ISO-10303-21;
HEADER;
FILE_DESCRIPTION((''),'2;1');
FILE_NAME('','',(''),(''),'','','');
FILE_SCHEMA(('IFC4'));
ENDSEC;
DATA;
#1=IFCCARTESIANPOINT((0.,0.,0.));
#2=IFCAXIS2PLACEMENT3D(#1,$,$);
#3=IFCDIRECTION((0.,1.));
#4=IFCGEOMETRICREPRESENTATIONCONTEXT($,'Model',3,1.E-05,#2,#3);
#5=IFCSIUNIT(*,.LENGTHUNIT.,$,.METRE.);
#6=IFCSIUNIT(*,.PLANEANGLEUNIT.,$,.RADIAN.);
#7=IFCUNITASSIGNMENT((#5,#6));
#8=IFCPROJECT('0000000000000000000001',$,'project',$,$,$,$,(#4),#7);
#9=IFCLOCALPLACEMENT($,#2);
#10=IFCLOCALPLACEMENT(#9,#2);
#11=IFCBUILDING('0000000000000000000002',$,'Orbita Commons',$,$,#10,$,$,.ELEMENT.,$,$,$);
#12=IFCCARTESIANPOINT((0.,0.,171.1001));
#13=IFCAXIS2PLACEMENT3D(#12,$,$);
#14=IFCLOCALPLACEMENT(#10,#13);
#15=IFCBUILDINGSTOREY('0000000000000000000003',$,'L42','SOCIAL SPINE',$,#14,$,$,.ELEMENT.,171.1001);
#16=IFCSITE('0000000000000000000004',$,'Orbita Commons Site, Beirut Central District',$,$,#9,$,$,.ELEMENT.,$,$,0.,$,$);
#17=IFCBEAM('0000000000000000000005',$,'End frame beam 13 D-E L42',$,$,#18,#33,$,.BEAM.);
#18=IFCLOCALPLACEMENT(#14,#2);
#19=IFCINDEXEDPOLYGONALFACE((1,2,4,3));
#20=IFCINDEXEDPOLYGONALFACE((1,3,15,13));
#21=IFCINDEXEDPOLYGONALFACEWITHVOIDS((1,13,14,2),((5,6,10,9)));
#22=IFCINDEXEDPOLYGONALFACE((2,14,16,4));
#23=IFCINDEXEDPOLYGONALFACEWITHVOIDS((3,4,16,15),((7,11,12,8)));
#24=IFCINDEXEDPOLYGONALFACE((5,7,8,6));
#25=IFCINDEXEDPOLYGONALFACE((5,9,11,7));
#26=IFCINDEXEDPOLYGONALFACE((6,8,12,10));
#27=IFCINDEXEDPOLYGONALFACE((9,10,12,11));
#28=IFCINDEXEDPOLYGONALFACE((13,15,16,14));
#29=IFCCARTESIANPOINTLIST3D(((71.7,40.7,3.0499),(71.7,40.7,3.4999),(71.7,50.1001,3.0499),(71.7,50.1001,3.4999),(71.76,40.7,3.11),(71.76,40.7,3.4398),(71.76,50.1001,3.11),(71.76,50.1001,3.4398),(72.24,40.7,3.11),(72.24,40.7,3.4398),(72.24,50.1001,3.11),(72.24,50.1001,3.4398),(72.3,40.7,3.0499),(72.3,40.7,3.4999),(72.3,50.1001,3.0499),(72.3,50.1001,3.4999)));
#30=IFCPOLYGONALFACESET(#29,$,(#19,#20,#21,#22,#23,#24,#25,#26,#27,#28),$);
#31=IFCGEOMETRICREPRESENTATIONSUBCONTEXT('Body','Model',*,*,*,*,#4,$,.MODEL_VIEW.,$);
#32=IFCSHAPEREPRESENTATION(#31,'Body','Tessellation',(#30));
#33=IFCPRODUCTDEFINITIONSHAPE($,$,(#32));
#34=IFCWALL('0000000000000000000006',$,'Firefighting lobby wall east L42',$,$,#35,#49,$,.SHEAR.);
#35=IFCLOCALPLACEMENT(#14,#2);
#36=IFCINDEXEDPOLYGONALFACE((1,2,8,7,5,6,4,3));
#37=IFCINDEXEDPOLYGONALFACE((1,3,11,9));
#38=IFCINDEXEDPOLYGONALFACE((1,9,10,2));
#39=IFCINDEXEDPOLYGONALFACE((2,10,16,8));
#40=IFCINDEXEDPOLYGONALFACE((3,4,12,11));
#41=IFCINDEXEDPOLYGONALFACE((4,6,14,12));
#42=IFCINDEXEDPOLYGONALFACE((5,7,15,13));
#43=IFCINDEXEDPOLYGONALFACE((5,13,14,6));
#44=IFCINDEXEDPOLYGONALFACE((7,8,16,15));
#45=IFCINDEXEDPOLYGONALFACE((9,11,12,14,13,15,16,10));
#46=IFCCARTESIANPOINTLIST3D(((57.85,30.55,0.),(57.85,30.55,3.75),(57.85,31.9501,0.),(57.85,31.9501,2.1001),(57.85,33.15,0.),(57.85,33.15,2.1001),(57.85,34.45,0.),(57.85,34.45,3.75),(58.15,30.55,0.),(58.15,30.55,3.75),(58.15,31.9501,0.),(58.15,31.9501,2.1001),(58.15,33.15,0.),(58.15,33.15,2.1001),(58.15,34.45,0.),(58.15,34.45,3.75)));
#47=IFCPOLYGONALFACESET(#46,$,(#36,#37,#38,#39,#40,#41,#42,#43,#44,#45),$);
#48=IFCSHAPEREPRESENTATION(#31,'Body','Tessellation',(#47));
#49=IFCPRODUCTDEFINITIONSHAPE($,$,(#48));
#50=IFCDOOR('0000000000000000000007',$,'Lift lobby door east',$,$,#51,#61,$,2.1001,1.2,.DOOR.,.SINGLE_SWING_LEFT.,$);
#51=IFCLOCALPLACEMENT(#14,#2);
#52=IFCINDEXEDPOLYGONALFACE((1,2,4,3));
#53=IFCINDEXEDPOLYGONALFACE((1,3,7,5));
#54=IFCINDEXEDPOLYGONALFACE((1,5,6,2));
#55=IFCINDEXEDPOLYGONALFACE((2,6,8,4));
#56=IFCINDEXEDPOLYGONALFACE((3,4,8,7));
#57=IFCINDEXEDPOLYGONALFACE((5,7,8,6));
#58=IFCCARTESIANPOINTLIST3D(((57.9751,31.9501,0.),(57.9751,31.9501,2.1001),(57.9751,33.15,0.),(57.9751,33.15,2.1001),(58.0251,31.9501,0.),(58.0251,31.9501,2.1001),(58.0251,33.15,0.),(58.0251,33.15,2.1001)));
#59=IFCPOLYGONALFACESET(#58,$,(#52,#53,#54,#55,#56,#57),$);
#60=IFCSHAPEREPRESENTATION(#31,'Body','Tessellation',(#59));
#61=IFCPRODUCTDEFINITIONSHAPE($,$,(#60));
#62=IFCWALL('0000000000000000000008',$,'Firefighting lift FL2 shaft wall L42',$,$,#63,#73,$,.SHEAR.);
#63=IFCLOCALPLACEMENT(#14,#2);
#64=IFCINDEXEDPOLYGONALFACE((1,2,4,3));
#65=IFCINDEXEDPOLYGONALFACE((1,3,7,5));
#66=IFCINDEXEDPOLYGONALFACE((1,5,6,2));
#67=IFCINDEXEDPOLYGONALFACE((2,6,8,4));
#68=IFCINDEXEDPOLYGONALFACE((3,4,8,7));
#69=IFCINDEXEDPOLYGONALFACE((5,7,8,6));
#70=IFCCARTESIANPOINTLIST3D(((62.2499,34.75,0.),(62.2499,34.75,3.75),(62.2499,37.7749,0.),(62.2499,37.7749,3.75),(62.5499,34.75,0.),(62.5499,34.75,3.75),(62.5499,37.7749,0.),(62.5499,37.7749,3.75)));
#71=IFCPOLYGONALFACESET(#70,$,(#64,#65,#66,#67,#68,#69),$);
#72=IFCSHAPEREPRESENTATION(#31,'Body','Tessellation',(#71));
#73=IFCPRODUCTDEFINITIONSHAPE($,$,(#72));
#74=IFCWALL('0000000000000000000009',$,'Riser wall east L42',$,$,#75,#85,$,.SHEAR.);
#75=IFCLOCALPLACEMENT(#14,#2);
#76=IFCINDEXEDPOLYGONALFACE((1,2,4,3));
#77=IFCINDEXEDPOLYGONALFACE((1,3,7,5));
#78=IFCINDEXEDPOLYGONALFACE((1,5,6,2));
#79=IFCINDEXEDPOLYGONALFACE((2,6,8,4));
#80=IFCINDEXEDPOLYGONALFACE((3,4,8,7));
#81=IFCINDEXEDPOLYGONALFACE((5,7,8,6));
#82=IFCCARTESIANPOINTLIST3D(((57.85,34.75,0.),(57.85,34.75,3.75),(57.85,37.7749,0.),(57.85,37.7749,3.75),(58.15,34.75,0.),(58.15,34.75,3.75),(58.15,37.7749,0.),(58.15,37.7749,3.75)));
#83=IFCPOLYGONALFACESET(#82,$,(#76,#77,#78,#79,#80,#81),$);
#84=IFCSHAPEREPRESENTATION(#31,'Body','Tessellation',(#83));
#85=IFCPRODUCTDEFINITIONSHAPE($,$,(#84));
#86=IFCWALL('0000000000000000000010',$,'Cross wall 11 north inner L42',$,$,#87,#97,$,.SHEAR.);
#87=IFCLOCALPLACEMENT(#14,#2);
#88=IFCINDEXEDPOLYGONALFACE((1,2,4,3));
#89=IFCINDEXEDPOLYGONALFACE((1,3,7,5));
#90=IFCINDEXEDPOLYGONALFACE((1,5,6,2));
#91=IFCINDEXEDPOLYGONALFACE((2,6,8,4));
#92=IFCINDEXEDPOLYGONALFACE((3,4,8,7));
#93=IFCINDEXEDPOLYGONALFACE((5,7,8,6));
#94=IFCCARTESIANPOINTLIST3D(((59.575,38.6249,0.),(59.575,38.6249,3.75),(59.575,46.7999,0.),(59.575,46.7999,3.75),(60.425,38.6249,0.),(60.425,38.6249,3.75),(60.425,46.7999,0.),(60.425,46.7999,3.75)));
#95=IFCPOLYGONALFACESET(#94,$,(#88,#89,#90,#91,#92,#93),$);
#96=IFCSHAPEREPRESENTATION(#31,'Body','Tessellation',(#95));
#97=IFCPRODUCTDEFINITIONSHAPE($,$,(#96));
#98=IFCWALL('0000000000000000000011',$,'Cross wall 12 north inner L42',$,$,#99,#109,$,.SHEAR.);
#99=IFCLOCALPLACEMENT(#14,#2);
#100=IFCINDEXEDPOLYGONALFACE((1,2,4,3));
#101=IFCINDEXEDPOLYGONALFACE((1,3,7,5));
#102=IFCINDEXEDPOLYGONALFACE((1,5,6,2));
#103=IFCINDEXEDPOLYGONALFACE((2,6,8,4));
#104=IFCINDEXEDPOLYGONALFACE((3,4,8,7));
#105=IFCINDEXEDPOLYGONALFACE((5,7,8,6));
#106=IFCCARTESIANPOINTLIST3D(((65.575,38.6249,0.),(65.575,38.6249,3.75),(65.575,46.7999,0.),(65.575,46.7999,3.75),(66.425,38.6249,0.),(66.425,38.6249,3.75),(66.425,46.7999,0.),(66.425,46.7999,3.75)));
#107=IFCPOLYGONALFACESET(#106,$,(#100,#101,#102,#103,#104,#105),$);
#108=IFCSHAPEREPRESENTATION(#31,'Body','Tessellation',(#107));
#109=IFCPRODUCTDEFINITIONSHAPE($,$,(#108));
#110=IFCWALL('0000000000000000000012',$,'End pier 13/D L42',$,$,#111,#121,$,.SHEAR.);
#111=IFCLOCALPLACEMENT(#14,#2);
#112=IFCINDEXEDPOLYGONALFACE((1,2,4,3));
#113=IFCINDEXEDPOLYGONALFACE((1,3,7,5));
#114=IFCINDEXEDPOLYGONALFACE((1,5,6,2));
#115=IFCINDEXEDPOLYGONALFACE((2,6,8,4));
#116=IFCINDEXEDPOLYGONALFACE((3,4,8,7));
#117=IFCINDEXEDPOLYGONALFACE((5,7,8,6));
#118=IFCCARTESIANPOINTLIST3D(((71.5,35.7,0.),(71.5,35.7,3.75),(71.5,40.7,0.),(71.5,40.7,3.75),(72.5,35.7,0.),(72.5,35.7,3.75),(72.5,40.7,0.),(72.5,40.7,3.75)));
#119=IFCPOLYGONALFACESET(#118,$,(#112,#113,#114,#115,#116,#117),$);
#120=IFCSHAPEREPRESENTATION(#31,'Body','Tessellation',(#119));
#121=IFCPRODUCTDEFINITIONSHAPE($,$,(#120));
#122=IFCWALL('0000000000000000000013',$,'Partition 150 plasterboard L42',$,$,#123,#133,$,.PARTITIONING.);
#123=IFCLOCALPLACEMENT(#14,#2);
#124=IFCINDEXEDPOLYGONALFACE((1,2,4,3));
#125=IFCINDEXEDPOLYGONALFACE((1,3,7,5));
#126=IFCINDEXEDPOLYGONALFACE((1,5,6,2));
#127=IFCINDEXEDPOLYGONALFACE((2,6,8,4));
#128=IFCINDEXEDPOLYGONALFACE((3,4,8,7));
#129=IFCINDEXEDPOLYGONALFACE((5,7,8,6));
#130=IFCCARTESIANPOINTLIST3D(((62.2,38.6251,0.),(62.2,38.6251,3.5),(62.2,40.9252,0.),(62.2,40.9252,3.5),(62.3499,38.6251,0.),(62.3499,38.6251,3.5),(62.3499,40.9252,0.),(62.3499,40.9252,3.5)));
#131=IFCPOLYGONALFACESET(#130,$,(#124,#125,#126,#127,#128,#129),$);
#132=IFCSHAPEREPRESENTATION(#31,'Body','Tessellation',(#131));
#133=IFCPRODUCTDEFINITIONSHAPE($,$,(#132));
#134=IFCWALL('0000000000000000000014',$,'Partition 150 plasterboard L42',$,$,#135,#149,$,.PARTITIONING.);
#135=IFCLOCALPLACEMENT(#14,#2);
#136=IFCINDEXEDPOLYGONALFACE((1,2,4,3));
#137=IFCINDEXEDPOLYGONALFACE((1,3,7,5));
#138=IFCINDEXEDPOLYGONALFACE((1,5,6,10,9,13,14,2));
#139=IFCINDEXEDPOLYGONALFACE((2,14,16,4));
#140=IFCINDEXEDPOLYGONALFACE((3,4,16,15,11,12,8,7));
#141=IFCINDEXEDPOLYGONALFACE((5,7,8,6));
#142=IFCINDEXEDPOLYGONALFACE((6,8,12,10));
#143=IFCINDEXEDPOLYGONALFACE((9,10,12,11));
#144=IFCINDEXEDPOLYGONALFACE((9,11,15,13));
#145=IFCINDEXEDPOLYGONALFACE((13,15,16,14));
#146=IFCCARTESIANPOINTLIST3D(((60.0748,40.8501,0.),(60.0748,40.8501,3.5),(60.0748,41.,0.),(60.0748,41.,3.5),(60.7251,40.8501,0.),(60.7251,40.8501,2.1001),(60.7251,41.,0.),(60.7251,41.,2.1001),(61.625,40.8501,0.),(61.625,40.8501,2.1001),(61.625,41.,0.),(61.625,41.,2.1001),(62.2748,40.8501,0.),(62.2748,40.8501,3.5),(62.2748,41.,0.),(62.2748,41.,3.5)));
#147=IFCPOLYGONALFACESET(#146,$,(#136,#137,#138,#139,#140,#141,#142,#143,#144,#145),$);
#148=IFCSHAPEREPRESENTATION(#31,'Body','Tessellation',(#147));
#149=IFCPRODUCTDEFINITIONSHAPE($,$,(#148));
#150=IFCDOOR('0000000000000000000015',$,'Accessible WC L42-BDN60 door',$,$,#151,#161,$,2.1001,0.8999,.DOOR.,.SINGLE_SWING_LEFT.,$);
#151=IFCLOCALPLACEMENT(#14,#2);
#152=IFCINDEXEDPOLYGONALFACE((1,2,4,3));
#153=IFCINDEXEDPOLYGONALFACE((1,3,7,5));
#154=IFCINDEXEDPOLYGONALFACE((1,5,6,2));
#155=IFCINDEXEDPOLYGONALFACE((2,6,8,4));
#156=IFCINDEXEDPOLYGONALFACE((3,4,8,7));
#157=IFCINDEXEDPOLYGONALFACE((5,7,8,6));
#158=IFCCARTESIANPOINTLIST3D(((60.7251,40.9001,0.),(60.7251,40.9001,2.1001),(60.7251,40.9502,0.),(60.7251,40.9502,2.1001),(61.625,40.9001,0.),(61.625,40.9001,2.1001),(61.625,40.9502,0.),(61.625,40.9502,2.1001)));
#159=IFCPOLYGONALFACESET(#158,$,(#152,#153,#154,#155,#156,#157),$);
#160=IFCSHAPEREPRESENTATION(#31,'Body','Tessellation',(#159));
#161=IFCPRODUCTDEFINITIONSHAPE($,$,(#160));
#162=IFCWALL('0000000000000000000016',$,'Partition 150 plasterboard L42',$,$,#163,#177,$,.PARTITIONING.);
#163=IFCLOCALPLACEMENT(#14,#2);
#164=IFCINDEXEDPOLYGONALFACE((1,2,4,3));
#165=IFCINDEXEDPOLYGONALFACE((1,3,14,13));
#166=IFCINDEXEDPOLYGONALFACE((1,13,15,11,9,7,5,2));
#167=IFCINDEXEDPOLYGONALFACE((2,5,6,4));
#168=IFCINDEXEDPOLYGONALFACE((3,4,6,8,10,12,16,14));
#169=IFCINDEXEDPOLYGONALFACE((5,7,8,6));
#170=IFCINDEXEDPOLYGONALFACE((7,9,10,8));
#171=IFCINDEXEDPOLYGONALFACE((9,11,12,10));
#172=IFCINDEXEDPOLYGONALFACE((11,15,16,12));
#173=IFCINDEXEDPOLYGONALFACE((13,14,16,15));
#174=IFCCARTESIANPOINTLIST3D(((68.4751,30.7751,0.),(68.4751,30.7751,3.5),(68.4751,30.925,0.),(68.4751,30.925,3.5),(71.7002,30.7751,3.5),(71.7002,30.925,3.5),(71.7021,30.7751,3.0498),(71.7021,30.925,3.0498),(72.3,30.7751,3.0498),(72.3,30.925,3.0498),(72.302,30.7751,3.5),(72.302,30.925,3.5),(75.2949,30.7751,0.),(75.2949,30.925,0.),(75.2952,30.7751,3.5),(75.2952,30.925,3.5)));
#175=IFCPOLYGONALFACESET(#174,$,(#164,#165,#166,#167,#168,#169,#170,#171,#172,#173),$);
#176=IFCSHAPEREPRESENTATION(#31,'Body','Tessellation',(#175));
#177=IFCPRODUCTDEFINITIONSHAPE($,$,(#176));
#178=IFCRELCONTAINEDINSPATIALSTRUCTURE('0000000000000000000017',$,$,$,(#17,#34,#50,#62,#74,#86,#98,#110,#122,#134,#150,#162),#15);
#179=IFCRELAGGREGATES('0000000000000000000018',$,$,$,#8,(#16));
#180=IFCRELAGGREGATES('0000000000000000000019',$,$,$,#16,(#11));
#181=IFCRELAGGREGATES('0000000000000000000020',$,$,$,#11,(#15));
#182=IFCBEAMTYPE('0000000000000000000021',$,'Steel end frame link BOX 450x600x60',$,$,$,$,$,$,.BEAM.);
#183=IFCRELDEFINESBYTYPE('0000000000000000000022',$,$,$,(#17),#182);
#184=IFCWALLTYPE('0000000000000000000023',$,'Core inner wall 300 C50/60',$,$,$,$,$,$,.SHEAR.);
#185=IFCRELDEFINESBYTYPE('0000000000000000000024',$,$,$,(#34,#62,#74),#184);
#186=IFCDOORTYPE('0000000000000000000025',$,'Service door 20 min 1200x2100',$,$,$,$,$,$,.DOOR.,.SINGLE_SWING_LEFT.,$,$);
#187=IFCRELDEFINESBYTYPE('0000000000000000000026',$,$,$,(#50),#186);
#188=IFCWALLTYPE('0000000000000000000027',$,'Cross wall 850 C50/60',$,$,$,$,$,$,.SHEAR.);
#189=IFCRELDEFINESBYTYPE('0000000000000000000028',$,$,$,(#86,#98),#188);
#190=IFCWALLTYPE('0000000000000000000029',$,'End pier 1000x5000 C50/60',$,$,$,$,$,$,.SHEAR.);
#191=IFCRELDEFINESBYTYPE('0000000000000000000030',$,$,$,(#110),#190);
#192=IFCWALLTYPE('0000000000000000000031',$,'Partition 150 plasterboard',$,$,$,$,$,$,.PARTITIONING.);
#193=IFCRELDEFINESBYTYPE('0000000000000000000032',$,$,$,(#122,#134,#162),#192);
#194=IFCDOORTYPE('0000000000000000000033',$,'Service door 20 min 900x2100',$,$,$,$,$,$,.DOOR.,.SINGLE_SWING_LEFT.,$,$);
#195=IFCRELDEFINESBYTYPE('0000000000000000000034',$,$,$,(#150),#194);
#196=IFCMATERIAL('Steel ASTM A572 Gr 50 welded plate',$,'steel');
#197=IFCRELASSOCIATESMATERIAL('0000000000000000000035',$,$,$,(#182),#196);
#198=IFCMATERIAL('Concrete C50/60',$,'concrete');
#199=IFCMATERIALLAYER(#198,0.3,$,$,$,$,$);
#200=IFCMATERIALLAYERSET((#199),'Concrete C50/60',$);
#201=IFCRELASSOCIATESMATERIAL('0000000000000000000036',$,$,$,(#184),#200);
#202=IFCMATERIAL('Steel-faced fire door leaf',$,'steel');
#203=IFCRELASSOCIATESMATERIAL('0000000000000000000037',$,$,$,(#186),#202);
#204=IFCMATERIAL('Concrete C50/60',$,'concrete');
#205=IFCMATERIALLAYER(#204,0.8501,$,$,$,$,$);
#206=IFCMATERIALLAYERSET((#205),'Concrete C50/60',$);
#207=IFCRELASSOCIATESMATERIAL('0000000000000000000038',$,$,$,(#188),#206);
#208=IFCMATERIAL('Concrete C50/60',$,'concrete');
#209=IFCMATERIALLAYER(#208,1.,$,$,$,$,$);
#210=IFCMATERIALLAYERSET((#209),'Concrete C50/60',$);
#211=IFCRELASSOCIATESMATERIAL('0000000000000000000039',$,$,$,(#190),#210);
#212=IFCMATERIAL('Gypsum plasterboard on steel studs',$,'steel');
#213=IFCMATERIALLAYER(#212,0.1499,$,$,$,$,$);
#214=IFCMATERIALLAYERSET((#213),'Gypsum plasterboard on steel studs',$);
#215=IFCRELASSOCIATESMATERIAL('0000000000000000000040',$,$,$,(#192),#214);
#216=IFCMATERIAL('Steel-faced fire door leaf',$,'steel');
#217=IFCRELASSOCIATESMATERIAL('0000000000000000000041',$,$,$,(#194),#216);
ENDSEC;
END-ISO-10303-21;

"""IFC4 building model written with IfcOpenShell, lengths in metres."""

from ifc_helpers import new_model, si_unit, direction, frame, frame_2d, origin, origin_2d, place, context, subcontext, project, spatial, polyline, rectangle, hollow_rectangle, outline, extrude, material, layer, layer_set, material_profile, profile_set, type_object, element, fill, save


model = new_model("IFC4")

# Units and contexts
model_context = context("Model", 3, precision=1e-05, world=origin(), true_north=direction((0.0, 1.0)))
body_context = subcontext(model_context, "Body", "Model", "MODEL_VIEW")
ifc_project = project(units=[si_unit("LENGTHUNIT", "METRE"), si_unit("PLANEANGLEUNIT", "RADIAN")], contexts=[model_context])

# Site, building, storey
site_placement = place(None, origin())
site = spatial("IfcSite", under=ifc_project, at=site_placement, Name="Orbita Commons Site, Beirut Central District", CompositionType="ELEMENT", RefElevation=0.0)
building_placement = place(site_placement, origin())
building = spatial("IfcBuilding", under=site, at=building_placement, Name="Orbita Commons", CompositionType="ELEMENT")
storey_placement = place(building_placement, frame((0.0, 0.0, 171.1001)))
storey = spatial("IfcBuildingStorey", under=building, at=storey_placement, Name="L42", Description="SOCIAL SPINE", CompositionType="ELEMENT", Elevation=171.1001)

# Beam
ifc_material_1 = material(Name="Steel ASTM A572 Gr 50 welded plate", Category="steel")
ifc_material_profile = material_profile(ifc_material_1, hollow_rectangle(XDim=0.6001, YDim=0.45, WallThickness=0.0601, at=origin_2d()), Name="BOX 450x600x60")
ifc_profile_set = profile_set([ifc_material_profile], Name="Steel ASTM A572 Gr 50 welded plate")
beam_type = type_object("IfcBeamType", Name="Steel end frame link BOX 450x600x60", PredefinedType="BEAM", material=ifc_profile_set)
beam_placement = place(storey_placement, frame((72.0, 40.7, 3.2749), z_axis=(0.0, 1.0, 0.0), x_axis=(-1.0, 0.0, 0.0)))
element("IfcBeam", 1, at=beam_placement, inside=storey, type_object=beam_type, Name="End frame beam 13 D-E L42", PredefinedType="BEAM", context=body_context, shape_type="SweptSolid", body=[
    extrude(hollow_rectangle(XDim=0.6001, YDim=0.45, WallThickness=0.0601, at=origin_2d()), origin(), (0.0, 0.0, 1.0), 9.4001),
])

# Wall, opening, door
ifc_material_2 = material(Name="Concrete C50/60", Category="concrete")
ifc_layer_1 = layer(ifc_material_2, 0.3)
ifc_layer_set_1 = layer_set([ifc_layer_1], Name="Concrete C50/60")
wall_type_1 = type_object("IfcWallType", Name="Core inner wall 300 C50/60", PredefinedType="SHEAR", material=ifc_layer_set_1)
wall_1_placement = place(storey_placement, frame((58.0, 30.55, 0.0), z_axis=(0.0, 0.0, 1.0), x_axis=(0.0, 1.0, 0.0)))
wall_1 = element("IfcWall", 2, at=wall_1_placement, inside=storey, type_object=wall_type_1, Name="Firefighting lobby wall east L42", PredefinedType="SHEAR", context=body_context, shape_type="SweptSolid", body=[
    extrude(rectangle(XDim=3.8999, YDim=0.3, at=frame_2d((1.95, 0.0))), origin(), (0.0, 0.0, 1.0), 3.75),
])
opening_1_placement = place(wall_1_placement, frame((1.3999, 0.0, 0.0)))
opening_1 = element("IfcOpeningElement", 3, at=opening_1_placement, cuts=wall_1, PredefinedType="OPENING", context=body_context, shape_type="SweptSolid", body=[
    extrude(rectangle(XDim=1.2, YDim=2.1001, at=frame_2d((0.6001, 1.05))), frame((0.0, 0.1599, 0.0), z_axis=(0.0, -1.0, 0.0), x_axis=(1.0, 0.0, 0.0)), (0.0, 0.0, 1.0), 0.3201),
])
ifc_material_3 = material(Name="Steel-faced fire door leaf", Category="steel")
door_type_1 = type_object("IfcDoorType", Name="Service door 20 min 1200x2100", OperationType="SINGLE_SWING_LEFT", PredefinedType="DOOR", material=ifc_material_3)
door_1_placement = place(opening_1_placement, origin())
door_1 = element("IfcDoor", 4, at=door_1_placement, inside=storey, type_object=door_type_1, Name="Lift lobby door east", OperationType="SINGLE_SWING_LEFT", OverallHeight=2.1001, OverallWidth=1.2, PredefinedType="DOOR", context=body_context, shape_type="SweptSolid", body=[
    extrude(rectangle(XDim=1.2, YDim=2.1001, at=frame_2d((0.6001, 1.05))), frame((0.0, 0.0249, 0.0), z_axis=(0.0, -1.0, 0.0), x_axis=(1.0, 0.0, 0.0)), (0.0, 0.0, 1.0), 0.05),
])
fill(opening_1, door_1)

# Walls
for number, where, z_axis, x_axis, name in (
    (5, (62.3999, 34.75, 0.0), (0.0, 0.0, 1.0), (0.0, 1.0, 0.0), "Firefighting lift FL2 shaft wall L42"),
    (6, (58.0, 34.75, 0.0), (0.0, 0.0, 1.0), (0.0, 1.0, 0.0), "Riser wall east L42"),
):
    element("IfcWall", number, at=place(storey_placement, frame(where, z_axis=z_axis, x_axis=x_axis)), inside=storey, type_object=wall_type_1, Name=name, PredefinedType="SHEAR", context=body_context, shape_type="SweptSolid", body=[
        extrude(rectangle(XDim=3.0249, YDim=0.3, at=frame_2d((1.5125, 0.0))), origin(), (0.0, 0.0, 1.0), 3.75),
    ])
ifc_material_4 = material(Name="Concrete C50/60", Category="concrete")
ifc_layer_2 = layer(ifc_material_4, 0.8501)
ifc_layer_set_2 = layer_set([ifc_layer_2], Name="Concrete C50/60")
wall_type_2 = type_object("IfcWallType", Name="Cross wall 850 C50/60", PredefinedType="SHEAR", material=ifc_layer_set_2)
for number, where, z_axis, x_axis, name in (
    (7, (60.0, 38.625, 0.0), (0.0, 0.0, 1.0), (0.0, 1.0, 0.0), "Cross wall 11 north inner L42"),
    (8, (66.0, 38.625, 0.0), (0.0, 0.0, 1.0), (0.0, 1.0, 0.0), "Cross wall 12 north inner L42"),
):
    element("IfcWall", number, at=place(storey_placement, frame(where, z_axis=z_axis, x_axis=x_axis)), inside=storey, type_object=wall_type_2, Name=name, PredefinedType="SHEAR", context=body_context, shape_type="SweptSolid", body=[
        extrude(rectangle(XDim=8.175, YDim=0.8501, at=frame_2d((4.0874, 0.0))), origin(), (0.0, 0.0, 1.0), 3.75),
    ])
ifc_material_5 = material(Name="Concrete C50/60", Category="concrete")
ifc_layer_3 = layer(ifc_material_5, 1.0)
ifc_layer_set_3 = layer_set([ifc_layer_3], Name="Concrete C50/60")
wall_type_3 = type_object("IfcWallType", Name="End pier 1000x5000 C50/60", PredefinedType="SHEAR", material=ifc_layer_set_3)
wall_2_placement = place(storey_placement, frame((72.0, 35.7, 0.0), z_axis=(0.0, 0.0, 1.0), x_axis=(0.0, 1.0, 0.0)))
element("IfcWall", 9, at=wall_2_placement, inside=storey, type_object=wall_type_3, Name="End pier 13/D L42", PredefinedType="SHEAR", context=body_context, shape_type="SweptSolid", body=[
    extrude(rectangle(XDim=5.0, YDim=1.0, at=frame_2d((2.5, 0.0))), origin(), (0.0, 0.0, 1.0), 3.75),
])
ifc_material_6 = material(Name="Gypsum plasterboard on steel studs", Category="steel")
ifc_layer_4 = layer(ifc_material_6, 0.1499)
ifc_layer_set_4 = layer_set([ifc_layer_4], Name="Gypsum plasterboard on steel studs")
wall_type_4 = type_object("IfcWallType", Name="Partition 150 plasterboard", PredefinedType="PARTITIONING", material=ifc_layer_set_4)
wall_3_placement = place(storey_placement, frame((62.2749, 40.925, 0.0), z_axis=(0.0, 0.0, 1.0), x_axis=(0.0, -1.0, 0.0)))
element("IfcWall", 10, at=wall_3_placement, inside=storey, type_object=wall_type_4, Name="Partition 150 plasterboard L42", PredefinedType="PARTITIONING", context=body_context, shape_type="SweptSolid", body=[
    extrude(rectangle(XDim=2.3, YDim=0.1499, at=frame_2d((1.1499, 0.0))), origin(), (0.0, 0.0, 1.0), 3.5),
])

# Wall, opening, door
wall_4_placement = place(storey_placement, frame((62.2749, 40.925, 0.0), z_axis=(0.0, 0.0, 1.0), x_axis=(-1.0, 0.0, 0.0)))
wall_4 = element("IfcWall", 11, at=wall_4_placement, inside=storey, type_object=wall_type_4, Name="Partition 150 plasterboard L42", PredefinedType="PARTITIONING", context=body_context, shape_type="SweptSolid", body=[
    extrude(rectangle(XDim=2.2, YDim=0.1499, at=frame_2d((1.1001, 0.0))), origin(), (0.0, 0.0, 1.0), 3.5),
])
opening_2_placement = place(wall_4_placement, frame((0.6499, 0.0, 0.0)))
opening_2 = element("IfcOpeningElement", 12, at=opening_2_placement, cuts=wall_4, PredefinedType="OPENING", context=body_context, shape_type="SweptSolid", body=[
    extrude(rectangle(XDim=0.8999, YDim=2.1001, at=frame_2d((0.45, 1.05))), frame((0.0, 0.085, 0.0), z_axis=(0.0, -1.0, 0.0), x_axis=(1.0, 0.0, 0.0)), (0.0, 0.0, 1.0), 0.1699),
])
ifc_material_7 = material(Name="Steel-faced fire door leaf", Category="steel")
door_type_2 = type_object("IfcDoorType", Name="Service door 20 min 900x2100", OperationType="SINGLE_SWING_LEFT", PredefinedType="DOOR", material=ifc_material_7)
door_2_placement = place(opening_2_placement, origin())
door_2 = element("IfcDoor", 13, at=door_2_placement, inside=storey, type_object=door_type_2, Name="Accessible WC L42-BDN60 door", OperationType="SINGLE_SWING_LEFT", OverallHeight=2.1001, OverallWidth=0.8999, PredefinedType="DOOR", context=body_context, shape_type="SweptSolid", body=[
    extrude(rectangle(XDim=0.8999, YDim=2.1001, at=frame_2d((0.45, 1.05))), frame((0.0, 0.0249, 0.0), z_axis=(0.0, -1.0, 0.0), x_axis=(1.0, 0.0, 0.0)), (0.0, 0.0, 1.0), 0.05),
])
fill(opening_2, door_2)

# Wall
for number, where, z_axis, x_axis, name in (
    (14, (68.4751, 30.8501, 0.0), (0.0, 0.0, 1.0), (1.0, 0.0, 0.0), "Partition 150 plasterboard L42"),
):
    element("IfcWall", number, at=place(storey_placement, frame(where, z_axis=z_axis, x_axis=x_axis)), inside=storey, type_object=wall_type_4, Name=name, PredefinedType="PARTITIONING", context=body_context, shape_type="SweptSolid", body=[
        extrude(outline(polyline([(0.0, 0.0), (6.8198, 0.0), (6.8201, 3.5), (3.8269, 3.5), (3.825, 3.0498), (3.2271, 3.0498), (3.2251, 3.5), (0.0, 3.5), (0.0, 0.0)])), frame((0.0, 0.075, 0.0), z_axis=(0.0, -1.0, 0.0), x_axis=(1.0, 0.0, 0.0)), (0.0, 0.0, 1.0), 0.1499),
    ])

save(model, "model.ifc")
